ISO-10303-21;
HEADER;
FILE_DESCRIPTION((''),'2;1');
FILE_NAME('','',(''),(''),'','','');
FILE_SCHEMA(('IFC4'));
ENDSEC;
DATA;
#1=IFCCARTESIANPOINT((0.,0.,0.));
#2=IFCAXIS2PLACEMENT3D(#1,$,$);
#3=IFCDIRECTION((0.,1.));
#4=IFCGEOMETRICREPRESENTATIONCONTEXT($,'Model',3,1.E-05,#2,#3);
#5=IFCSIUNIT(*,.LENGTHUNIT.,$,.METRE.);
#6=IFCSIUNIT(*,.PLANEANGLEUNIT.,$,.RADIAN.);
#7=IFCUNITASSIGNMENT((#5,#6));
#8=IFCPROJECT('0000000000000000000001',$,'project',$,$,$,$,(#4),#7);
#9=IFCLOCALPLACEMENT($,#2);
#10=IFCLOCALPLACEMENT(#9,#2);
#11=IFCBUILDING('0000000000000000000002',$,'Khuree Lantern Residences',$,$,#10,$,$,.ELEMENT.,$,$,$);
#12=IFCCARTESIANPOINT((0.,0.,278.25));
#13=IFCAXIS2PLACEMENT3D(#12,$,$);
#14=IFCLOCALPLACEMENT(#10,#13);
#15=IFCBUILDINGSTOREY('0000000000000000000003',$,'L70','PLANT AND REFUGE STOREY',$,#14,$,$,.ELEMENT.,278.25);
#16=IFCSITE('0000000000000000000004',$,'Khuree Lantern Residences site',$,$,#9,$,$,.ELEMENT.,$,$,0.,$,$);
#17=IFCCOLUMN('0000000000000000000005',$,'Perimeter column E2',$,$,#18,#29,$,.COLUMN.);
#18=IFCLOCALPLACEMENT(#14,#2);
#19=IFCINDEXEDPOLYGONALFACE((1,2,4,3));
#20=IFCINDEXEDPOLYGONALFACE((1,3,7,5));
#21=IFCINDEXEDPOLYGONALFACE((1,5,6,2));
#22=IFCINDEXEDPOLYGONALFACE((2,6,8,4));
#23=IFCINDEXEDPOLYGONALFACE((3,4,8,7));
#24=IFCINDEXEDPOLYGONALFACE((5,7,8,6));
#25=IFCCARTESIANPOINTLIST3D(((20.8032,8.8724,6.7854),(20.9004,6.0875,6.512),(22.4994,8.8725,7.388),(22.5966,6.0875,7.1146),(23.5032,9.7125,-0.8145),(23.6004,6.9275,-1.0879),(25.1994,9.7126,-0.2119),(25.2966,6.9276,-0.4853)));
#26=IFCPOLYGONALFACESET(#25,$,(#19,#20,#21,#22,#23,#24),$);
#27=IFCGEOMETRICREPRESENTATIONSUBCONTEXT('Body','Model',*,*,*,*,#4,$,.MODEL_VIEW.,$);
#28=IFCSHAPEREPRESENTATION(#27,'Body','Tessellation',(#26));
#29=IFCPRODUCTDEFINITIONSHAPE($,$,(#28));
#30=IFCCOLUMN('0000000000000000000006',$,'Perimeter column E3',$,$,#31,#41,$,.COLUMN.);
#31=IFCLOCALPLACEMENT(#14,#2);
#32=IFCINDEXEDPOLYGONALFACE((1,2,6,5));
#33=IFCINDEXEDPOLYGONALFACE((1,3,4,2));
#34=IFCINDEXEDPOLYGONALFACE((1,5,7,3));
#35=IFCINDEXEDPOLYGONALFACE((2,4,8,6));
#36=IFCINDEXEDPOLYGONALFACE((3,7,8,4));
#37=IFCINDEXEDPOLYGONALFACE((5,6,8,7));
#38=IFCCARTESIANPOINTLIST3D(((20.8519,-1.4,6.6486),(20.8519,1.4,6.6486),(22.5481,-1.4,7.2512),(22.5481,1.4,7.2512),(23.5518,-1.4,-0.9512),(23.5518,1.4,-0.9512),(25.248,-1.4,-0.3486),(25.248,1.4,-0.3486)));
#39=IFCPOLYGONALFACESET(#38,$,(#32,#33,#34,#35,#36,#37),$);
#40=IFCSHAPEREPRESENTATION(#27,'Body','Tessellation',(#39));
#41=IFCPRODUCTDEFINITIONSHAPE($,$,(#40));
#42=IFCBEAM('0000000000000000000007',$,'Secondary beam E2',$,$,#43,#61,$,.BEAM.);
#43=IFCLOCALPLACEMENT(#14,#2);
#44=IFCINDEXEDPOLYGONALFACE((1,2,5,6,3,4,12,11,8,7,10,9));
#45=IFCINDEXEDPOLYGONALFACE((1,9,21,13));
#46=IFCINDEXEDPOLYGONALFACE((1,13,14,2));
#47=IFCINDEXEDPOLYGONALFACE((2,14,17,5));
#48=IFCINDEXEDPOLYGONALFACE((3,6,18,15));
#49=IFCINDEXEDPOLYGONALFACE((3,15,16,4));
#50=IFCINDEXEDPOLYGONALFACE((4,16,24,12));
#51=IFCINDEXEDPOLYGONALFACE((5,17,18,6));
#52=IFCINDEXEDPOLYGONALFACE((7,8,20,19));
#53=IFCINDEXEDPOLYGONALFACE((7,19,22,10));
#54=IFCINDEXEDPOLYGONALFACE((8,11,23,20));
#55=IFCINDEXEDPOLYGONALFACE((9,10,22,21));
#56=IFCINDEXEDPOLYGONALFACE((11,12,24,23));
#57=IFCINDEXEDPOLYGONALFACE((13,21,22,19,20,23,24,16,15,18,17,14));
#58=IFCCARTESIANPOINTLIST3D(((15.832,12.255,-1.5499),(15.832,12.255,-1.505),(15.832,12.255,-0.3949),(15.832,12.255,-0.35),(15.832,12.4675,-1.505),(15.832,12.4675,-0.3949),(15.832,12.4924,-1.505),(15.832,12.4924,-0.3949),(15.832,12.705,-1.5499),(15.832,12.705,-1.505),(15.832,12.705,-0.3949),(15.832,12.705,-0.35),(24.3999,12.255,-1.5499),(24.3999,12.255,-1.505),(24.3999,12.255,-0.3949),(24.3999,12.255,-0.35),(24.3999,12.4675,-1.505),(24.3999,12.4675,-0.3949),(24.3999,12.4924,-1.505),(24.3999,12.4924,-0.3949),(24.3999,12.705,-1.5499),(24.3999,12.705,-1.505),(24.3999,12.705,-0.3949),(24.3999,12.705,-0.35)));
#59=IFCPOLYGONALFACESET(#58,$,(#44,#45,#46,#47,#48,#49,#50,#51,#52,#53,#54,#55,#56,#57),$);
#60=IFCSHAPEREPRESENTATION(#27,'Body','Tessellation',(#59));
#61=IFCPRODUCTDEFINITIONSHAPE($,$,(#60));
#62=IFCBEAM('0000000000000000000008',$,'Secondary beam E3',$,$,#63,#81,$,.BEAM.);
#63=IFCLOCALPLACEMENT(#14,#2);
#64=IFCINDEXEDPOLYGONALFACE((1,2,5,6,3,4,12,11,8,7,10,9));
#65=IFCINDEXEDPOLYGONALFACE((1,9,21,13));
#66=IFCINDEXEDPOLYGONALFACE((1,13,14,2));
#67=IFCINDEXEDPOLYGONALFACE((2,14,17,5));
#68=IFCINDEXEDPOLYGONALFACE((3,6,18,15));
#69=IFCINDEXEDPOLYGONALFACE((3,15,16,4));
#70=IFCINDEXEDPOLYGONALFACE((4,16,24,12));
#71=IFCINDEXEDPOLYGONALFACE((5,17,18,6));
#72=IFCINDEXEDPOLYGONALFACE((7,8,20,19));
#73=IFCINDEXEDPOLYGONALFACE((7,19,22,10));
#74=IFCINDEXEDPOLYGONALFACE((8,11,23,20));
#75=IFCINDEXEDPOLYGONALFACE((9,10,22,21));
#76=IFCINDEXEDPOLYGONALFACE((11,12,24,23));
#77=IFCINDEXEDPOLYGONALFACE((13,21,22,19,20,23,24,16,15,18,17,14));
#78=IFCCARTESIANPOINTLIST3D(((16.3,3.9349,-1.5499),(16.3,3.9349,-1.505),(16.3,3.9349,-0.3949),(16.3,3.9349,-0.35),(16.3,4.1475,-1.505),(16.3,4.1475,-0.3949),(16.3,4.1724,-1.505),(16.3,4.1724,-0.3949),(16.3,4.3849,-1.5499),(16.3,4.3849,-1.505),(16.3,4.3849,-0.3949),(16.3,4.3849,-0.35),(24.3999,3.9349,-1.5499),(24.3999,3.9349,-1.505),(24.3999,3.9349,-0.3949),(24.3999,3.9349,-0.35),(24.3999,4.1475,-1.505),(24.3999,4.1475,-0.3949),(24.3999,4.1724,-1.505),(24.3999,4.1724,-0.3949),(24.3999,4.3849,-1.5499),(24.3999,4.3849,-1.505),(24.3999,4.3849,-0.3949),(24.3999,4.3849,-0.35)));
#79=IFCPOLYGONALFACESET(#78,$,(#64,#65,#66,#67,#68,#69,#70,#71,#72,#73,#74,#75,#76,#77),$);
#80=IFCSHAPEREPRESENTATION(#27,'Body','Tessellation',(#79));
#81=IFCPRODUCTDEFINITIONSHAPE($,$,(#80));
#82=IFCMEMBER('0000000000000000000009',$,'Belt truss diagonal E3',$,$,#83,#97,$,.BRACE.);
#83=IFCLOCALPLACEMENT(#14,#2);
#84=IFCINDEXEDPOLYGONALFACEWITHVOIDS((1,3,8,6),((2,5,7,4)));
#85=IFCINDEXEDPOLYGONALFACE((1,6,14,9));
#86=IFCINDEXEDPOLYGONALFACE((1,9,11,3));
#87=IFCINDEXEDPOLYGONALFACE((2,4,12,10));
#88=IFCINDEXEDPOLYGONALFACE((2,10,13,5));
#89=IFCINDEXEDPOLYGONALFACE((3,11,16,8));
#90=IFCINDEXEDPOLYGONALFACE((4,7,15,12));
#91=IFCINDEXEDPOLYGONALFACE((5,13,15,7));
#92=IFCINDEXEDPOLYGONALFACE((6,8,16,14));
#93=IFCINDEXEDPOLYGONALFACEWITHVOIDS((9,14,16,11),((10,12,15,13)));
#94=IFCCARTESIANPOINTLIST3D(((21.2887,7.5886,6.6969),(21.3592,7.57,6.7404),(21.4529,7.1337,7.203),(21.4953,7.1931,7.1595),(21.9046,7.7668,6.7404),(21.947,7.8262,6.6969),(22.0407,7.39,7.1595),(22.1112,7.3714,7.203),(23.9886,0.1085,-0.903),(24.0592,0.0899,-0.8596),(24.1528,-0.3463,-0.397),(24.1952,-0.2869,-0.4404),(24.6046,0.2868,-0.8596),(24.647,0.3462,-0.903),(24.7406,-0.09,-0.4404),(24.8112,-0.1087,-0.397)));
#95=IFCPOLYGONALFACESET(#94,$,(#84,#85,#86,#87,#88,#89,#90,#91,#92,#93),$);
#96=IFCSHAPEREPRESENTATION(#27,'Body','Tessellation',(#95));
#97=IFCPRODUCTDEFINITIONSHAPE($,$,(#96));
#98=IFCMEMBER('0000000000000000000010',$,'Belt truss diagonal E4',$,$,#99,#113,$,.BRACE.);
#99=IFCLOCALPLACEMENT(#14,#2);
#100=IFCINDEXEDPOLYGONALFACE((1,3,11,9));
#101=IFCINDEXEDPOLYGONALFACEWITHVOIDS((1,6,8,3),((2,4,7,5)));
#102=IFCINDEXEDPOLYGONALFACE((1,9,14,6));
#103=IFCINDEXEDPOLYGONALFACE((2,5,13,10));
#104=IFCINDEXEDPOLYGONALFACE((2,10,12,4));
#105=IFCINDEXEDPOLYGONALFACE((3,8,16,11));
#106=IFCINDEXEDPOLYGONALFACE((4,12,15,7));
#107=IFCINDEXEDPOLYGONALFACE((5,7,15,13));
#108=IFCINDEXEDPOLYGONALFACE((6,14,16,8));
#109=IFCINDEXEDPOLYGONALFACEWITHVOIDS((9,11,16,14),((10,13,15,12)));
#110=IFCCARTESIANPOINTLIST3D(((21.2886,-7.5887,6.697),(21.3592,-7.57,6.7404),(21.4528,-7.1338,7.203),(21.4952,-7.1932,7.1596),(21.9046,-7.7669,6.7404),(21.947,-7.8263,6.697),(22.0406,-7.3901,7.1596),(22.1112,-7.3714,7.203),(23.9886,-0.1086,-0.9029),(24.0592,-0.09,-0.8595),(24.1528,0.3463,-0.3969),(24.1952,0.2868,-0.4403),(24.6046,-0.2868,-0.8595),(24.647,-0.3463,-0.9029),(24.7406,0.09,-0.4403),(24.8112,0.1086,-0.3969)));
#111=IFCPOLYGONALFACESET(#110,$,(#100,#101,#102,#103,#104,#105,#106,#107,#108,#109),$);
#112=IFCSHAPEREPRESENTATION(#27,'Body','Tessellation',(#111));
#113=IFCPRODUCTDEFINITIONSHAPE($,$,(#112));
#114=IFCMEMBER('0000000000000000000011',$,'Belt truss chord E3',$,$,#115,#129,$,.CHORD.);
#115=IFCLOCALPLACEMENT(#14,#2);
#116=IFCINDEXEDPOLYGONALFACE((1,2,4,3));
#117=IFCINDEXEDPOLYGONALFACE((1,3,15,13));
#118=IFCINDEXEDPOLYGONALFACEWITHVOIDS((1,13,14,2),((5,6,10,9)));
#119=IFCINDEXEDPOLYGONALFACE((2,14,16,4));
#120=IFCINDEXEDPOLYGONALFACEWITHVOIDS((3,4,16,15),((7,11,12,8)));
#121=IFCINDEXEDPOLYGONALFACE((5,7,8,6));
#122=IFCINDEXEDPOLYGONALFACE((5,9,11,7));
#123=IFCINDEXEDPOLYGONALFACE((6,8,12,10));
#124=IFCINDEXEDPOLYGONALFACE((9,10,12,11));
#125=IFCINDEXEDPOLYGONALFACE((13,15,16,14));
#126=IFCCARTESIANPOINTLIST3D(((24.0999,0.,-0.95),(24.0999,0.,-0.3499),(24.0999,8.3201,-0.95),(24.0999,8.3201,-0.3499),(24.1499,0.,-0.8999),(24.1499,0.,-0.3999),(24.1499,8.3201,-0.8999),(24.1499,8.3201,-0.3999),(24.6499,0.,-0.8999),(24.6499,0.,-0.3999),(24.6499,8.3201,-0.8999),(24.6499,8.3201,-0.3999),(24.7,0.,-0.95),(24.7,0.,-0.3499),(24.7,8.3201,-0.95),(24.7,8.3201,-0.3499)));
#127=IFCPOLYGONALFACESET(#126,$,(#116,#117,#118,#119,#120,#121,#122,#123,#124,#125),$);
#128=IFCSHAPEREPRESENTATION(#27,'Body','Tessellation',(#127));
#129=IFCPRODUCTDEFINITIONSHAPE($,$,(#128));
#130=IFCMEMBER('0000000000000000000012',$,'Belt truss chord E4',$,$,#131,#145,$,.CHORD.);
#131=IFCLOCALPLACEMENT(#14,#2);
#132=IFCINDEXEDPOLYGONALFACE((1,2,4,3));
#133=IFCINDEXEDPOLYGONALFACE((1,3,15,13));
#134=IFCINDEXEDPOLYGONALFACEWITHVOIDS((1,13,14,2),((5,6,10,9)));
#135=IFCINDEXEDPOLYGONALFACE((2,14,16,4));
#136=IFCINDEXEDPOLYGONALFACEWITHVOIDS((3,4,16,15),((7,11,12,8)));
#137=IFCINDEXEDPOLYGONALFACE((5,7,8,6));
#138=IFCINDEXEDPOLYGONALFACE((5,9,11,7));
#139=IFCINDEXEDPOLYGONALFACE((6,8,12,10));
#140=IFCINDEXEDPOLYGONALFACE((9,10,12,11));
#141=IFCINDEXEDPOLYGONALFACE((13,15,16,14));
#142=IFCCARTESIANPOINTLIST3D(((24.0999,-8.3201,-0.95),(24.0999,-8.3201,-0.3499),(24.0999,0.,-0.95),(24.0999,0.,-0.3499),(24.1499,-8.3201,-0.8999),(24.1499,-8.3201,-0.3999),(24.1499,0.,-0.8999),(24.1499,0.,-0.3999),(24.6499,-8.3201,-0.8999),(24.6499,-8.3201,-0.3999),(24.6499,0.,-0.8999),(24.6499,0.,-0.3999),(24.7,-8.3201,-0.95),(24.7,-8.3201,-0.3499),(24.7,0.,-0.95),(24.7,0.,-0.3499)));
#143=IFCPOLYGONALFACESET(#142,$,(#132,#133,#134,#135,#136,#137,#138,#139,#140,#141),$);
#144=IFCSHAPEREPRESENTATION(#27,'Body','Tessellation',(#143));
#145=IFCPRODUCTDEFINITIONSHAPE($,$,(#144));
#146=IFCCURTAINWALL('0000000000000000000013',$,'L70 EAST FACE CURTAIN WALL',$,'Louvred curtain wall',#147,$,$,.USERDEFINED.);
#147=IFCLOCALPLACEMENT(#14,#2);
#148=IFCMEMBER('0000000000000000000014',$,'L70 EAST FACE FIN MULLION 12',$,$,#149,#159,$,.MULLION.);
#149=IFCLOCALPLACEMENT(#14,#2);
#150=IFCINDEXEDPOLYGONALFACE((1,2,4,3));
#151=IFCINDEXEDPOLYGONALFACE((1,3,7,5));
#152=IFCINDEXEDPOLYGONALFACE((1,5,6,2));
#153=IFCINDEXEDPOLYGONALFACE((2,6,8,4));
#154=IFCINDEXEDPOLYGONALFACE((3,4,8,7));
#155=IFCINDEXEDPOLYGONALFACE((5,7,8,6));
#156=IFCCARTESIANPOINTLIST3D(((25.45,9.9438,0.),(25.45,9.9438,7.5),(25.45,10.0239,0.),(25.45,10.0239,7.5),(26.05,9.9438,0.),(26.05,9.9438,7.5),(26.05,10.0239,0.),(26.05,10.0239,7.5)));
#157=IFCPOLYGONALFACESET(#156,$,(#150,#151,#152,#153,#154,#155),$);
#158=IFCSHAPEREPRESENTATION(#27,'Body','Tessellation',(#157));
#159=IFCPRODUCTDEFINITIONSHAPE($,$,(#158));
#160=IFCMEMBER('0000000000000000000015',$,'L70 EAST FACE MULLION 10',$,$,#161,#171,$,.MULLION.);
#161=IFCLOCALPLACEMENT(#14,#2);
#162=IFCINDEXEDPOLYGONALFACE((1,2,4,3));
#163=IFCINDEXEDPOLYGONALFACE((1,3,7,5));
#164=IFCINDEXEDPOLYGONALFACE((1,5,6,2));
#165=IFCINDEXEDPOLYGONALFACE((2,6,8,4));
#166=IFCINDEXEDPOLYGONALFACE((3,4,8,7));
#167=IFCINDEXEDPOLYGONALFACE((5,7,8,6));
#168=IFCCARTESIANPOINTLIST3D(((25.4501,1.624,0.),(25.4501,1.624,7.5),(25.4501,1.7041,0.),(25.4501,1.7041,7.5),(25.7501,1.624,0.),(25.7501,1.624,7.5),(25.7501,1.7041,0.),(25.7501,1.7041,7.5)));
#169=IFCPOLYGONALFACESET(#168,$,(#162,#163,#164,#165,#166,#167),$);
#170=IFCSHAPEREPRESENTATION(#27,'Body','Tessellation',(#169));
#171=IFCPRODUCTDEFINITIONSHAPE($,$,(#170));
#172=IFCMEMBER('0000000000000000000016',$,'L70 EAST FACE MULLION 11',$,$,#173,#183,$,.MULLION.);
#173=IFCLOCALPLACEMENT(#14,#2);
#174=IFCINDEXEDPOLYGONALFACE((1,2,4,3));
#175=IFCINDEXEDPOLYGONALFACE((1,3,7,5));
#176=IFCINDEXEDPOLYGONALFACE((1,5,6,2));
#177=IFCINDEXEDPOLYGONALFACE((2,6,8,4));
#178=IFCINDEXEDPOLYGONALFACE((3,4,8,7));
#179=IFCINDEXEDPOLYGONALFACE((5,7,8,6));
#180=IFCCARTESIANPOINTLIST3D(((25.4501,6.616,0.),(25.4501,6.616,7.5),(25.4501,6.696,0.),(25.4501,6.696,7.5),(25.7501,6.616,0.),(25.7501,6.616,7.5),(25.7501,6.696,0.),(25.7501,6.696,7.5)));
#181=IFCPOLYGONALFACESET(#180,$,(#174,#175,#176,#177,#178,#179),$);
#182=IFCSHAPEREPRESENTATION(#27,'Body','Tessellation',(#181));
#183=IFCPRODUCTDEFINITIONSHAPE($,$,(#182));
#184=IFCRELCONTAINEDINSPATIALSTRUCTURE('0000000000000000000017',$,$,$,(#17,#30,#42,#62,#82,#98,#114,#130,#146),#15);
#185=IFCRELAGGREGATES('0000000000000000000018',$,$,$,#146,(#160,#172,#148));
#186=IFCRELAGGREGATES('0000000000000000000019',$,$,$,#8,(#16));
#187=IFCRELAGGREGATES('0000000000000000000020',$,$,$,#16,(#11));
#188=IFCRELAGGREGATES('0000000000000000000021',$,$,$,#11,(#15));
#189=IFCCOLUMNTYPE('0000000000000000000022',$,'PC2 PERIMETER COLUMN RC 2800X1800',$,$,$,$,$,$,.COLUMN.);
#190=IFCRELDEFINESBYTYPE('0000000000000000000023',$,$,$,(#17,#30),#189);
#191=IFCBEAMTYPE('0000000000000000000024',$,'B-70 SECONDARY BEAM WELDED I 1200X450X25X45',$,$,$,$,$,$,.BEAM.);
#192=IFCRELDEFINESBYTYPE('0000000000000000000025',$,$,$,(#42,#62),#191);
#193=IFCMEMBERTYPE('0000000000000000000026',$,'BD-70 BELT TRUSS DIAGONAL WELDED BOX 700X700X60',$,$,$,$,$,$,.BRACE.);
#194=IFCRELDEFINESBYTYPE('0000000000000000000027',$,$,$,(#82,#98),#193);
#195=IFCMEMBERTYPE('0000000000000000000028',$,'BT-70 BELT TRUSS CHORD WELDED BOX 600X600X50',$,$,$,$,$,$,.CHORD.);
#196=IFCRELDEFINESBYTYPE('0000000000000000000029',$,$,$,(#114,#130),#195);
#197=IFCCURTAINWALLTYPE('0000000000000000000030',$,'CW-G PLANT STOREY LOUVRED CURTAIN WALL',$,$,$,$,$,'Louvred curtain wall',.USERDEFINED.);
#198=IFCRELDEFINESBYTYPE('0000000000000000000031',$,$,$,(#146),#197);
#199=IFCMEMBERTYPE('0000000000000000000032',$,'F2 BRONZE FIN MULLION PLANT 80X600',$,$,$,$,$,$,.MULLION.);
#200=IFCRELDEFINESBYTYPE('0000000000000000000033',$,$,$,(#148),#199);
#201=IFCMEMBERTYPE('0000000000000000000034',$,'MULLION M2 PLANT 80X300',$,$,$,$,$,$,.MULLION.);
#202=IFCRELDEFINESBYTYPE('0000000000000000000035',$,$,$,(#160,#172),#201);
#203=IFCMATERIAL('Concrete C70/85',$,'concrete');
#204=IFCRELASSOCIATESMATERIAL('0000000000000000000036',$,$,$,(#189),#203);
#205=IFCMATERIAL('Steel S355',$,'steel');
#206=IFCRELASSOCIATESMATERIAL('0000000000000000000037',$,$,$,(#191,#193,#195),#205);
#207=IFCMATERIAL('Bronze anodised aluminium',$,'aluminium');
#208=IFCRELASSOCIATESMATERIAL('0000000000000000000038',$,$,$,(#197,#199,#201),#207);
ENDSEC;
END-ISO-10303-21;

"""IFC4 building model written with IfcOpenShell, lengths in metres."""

from ifc_helpers import new_model, si_unit, direction, frame, origin, origin_2d, place, context, subcontext, project, spatial, rectangle, hollow_rectangle, i_section, extrude, material, material_profile, profile_set, type_object, element, aggregate, save


model = new_model("IFC4")

# Units and contexts
model_context = context("Model", 3, precision=1e-05, world=origin(), true_north=direction((0.0, 1.0)))
body_context = subcontext(model_context, "Body", "Model", "MODEL_VIEW")
ifc_project = project(units=[si_unit("LENGTHUNIT", "METRE"), si_unit("PLANEANGLEUNIT", "RADIAN")], contexts=[model_context])

# Site, building, storey
site_placement = place(None, origin())
site = spatial("IfcSite", under=ifc_project, at=site_placement, Name="Khuree Lantern Residences site", CompositionType="ELEMENT", RefElevation=0.0)
building_placement = place(site_placement, origin())
building = spatial("IfcBuilding", under=site, at=building_placement, Name="Khuree Lantern Residences", CompositionType="ELEMENT")
storey_placement = place(building_placement, frame((0.0, 0.0, 278.25)))
storey = spatial("IfcBuildingStorey", under=building, at=storey_placement, Name="L70", Description="PLANT AND REFUGE STOREY", CompositionType="ELEMENT", Elevation=278.25)

# Columns
ifc_material_1 = material(Name="Concrete C70/85", Category="concrete")
ifc_material_profile_1 = material_profile(ifc_material_1, rectangle(XDim=2.8, YDim=1.8, at=origin_2d()), Name="RC 2800X1800")
ifc_profile_set_1 = profile_set([ifc_material_profile_1], Name="Concrete C70/85")
column_type = type_object("IfcColumnType", Name="PC2 PERIMETER COLUMN RC 2800X1800", PredefinedType="COLUMN", material=ifc_profile_set_1)
column_1_placement = place(storey_placement, frame((24.3999, 8.3201, -0.6499), z_axis=(-0.332964, -0.103602, 0.937231), x_axis=(-0.034713, 0.994619, 0.097613)))
element("IfcColumn", 1, at=column_1_placement, inside=storey, type_object=column_type, Name="Perimeter column E2", PredefinedType="COLUMN", context=body_context, shape_type="SweptSolid", body=[
    extrude(rectangle(XDim=2.8, YDim=1.8, at=origin_2d()), origin(), (0.0, 0.0, 1.0), 8.1089),
])
column_2_placement = place(storey_placement, frame((24.3999, 0.0, -0.6499), z_axis=(-0.334765, 0.0, 0.942302), x_axis=(0.0, 1.0, 0.0)))
element("IfcColumn", 2, at=column_2_placement, inside=storey, type_object=column_type, Name="Perimeter column E3", PredefinedType="COLUMN", context=body_context, shape_type="SweptSolid", body=[
    extrude(rectangle(XDim=2.8, YDim=1.8, at=origin_2d()), origin(), (0.0, 0.0, 1.0), 8.0652),
])

# Beams
ifc_material_2 = material(Name="Steel S355", Category="steel")
ifc_material_profile_2 = material_profile(ifc_material_2, i_section(OverallWidth=0.45, OverallDepth=1.2, WebThickness=0.0249, FlangeThickness=0.0449, at=origin_2d()), Name="WELDED I 1200X450X25X45")
ifc_profile_set_2 = profile_set([ifc_material_profile_2], Name="Steel S355")
beam_type = type_object("IfcBeamType", Name="B-70 SECONDARY BEAM WELDED I 1200X450X25X45", PredefinedType="BEAM", material=ifc_profile_set_2)
beam_1_placement = place(storey_placement, frame((24.3999, 12.48, -0.95), z_axis=(-1.0, 0.0, 0.0), x_axis=(0.0, -1.0, 0.0)))
element("IfcBeam", 3, at=beam_1_placement, inside=storey, type_object=beam_type, Name="Secondary beam E2", PredefinedType="BEAM", context=body_context, shape_type="SweptSolid", body=[
    extrude(i_section(OverallWidth=0.45, OverallDepth=1.2, WebThickness=0.0249, FlangeThickness=0.0449, at=origin_2d()), origin(), (0.0, 0.0, 1.0), 8.5679),
])
beam_2_placement = place(storey_placement, frame((24.3999, 4.1599, -0.95), z_axis=(-1.0, 0.0, 0.0), x_axis=(0.0, -1.0, 0.0)))
element("IfcBeam", 4, at=beam_2_placement, inside=storey, type_object=beam_type, Name="Secondary beam E3", PredefinedType="BEAM", context=body_context, shape_type="SweptSolid", body=[
    extrude(i_section(OverallWidth=0.45, OverallDepth=1.2, WebThickness=0.0249, FlangeThickness=0.0449, at=origin_2d()), origin(), (0.0, 0.0, 1.0), 8.0999),
])

# Members
ifc_material_profile_3 = material_profile(ifc_material_2, hollow_rectangle(XDim=0.7, YDim=0.7, WallThickness=0.0601, at=origin_2d()), Name="WELDED BOX 700X700X60")
ifc_profile_set_3 = profile_set([ifc_material_profile_3], Name="Steel S355")
member_type_1 = type_object("IfcMemberType", Name="BD-70 BELT TRUSS DIAGONAL WELDED BOX 700X700X60", PredefinedType="BRACE", material=ifc_profile_set_3)
for number, where, z_axis, x_axis, name in (
    (5, (21.7, 7.48, 6.95), (0.245453, -0.680005, -0.690903), (0.9406, 0.339516, 0.0), "Belt truss diagonal E3"),
    (6, (24.3999, 0.0, -0.6499), (-0.245453, -0.680005, 0.690903), (0.9406, -0.339516, 0.0), "Belt truss diagonal E4"),
):
    element("IfcMember", number, at=place(storey_placement, frame(where, z_axis=z_axis, x_axis=x_axis)), inside=storey, type_object=member_type_1, Name=name, PredefinedType="BRACE", context=body_context, shape_type="SweptSolid", body=[
        extrude(hollow_rectangle(XDim=0.7, YDim=0.7, WallThickness=0.0601, at=origin_2d()), origin(), (0.0, 0.0, 1.0), 11.0),
    ])
ifc_material_profile_4 = material_profile(ifc_material_2, hollow_rectangle(XDim=0.6001, YDim=0.6001, WallThickness=0.05, at=origin_2d()), Name="WELDED BOX 600X600X50")
ifc_profile_set_4 = profile_set([ifc_material_profile_4], Name="Steel S355")
member_type_2 = type_object("IfcMemberType", Name="BT-70 BELT TRUSS CHORD WELDED BOX 600X600X50", PredefinedType="CHORD", material=ifc_profile_set_4)
for number, where, z_axis, x_axis, name in (
    (7, (24.3999, 8.3201, -0.6499), (0.0, -1.0, 0.0), (1.0, 0.0, 0.0), "Belt truss chord E3"),
    (8, (24.3999, 0.0, -0.6499), (0.0, -1.0, 0.0), (1.0, 0.0, 0.0), "Belt truss chord E4"),
):
    element("IfcMember", number, at=place(storey_placement, frame(where, z_axis=z_axis, x_axis=x_axis)), inside=storey, type_object=member_type_2, Name=name, PredefinedType="CHORD", context=body_context, shape_type="SweptSolid", body=[
        extrude(hollow_rectangle(XDim=0.6001, YDim=0.6001, WallThickness=0.05, at=origin_2d()), origin(), (0.0, 0.0, 1.0), 8.3201),
    ])

# Curtain wall, members
ifc_material_3 = material(Name="Bronze anodised aluminium", Category="aluminium")
curtain_wall_type = type_object("IfcCurtainWallType", Name="CW-G PLANT STOREY LOUVRED CURTAIN WALL", ElementType="Louvred curtain wall", PredefinedType="USERDEFINED", material=ifc_material_3)
curtain_wall_placement = place(storey_placement, origin())
curtain_wall = element("IfcCurtainWall", 9, at=curtain_wall_placement, inside=storey, type_object=curtain_wall_type, Name="L70 EAST FACE CURTAIN WALL", ObjectType="Louvred curtain wall", PredefinedType="USERDEFINED")
ifc_material_profile_5 = material_profile(ifc_material_3, rectangle(XDim=0.0801, YDim=0.6001, at=origin_2d()), Name="F2 80X600")
ifc_profile_set_5 = profile_set([ifc_material_profile_5], Name="Bronze anodised aluminium")
member_type_3 = type_object("IfcMemberType", Name="F2 BRONZE FIN MULLION PLANT 80X600", PredefinedType="MULLION", material=ifc_profile_set_5)
member_1_placement = place(storey_placement, frame((25.75, 9.9839, 0.0), z_axis=(0.0, 0.0, 1.0), x_axis=(0.0, 1.0, 0.0)))
member_1 = element("IfcMember", 10, at=member_1_placement, type_object=member_type_3, Name="L70 EAST FACE FIN MULLION 12", PredefinedType="MULLION", context=body_context, shape_type="SweptSolid", body=[
    extrude(rectangle(XDim=0.0801, YDim=0.6001, at=origin_2d()), origin(), (0.0, 0.0, 1.0), 7.5),
])
ifc_material_profile_6 = material_profile(ifc_material_3, rectangle(XDim=0.0801, YDim=0.3, at=origin_2d()), Name="M2 80X300")
ifc_profile_set_6 = profile_set([ifc_material_profile_6], Name="Bronze anodised aluminium")
member_type_4 = type_object("IfcMemberType", Name="MULLION M2 PLANT 80X300", PredefinedType="MULLION", material=ifc_profile_set_6)
member_2_placement = place(storey_placement, frame((25.6001, 1.6641, 0.0), z_axis=(0.0, 0.0, 1.0), x_axis=(0.0, 1.0, 0.0)))
member_2 = element("IfcMember", 11, at=member_2_placement, type_object=member_type_4, Name="L70 EAST FACE MULLION 10", PredefinedType="MULLION", context=body_context, shape_type="SweptSolid", body=[
    extrude(rectangle(XDim=0.0801, YDim=0.3, at=origin_2d()), origin(), (0.0, 0.0, 1.0), 7.5),
])
member_3_placement = place(storey_placement, frame((25.6001, 6.656, 0.0), z_axis=(0.0, 0.0, 1.0), x_axis=(0.0, 1.0, 0.0)))
member_3 = element("IfcMember", 12, at=member_3_placement, type_object=member_type_4, Name="L70 EAST FACE MULLION 11", PredefinedType="MULLION", context=body_context, shape_type="SweptSolid", body=[
    extrude(rectangle(XDim=0.0801, YDim=0.3, at=origin_2d()), origin(), (0.0, 0.0, 1.0), 7.5),
])

aggregate(curtain_wall, [member_2, member_3, member_1])

save(model, "model.ifc")
